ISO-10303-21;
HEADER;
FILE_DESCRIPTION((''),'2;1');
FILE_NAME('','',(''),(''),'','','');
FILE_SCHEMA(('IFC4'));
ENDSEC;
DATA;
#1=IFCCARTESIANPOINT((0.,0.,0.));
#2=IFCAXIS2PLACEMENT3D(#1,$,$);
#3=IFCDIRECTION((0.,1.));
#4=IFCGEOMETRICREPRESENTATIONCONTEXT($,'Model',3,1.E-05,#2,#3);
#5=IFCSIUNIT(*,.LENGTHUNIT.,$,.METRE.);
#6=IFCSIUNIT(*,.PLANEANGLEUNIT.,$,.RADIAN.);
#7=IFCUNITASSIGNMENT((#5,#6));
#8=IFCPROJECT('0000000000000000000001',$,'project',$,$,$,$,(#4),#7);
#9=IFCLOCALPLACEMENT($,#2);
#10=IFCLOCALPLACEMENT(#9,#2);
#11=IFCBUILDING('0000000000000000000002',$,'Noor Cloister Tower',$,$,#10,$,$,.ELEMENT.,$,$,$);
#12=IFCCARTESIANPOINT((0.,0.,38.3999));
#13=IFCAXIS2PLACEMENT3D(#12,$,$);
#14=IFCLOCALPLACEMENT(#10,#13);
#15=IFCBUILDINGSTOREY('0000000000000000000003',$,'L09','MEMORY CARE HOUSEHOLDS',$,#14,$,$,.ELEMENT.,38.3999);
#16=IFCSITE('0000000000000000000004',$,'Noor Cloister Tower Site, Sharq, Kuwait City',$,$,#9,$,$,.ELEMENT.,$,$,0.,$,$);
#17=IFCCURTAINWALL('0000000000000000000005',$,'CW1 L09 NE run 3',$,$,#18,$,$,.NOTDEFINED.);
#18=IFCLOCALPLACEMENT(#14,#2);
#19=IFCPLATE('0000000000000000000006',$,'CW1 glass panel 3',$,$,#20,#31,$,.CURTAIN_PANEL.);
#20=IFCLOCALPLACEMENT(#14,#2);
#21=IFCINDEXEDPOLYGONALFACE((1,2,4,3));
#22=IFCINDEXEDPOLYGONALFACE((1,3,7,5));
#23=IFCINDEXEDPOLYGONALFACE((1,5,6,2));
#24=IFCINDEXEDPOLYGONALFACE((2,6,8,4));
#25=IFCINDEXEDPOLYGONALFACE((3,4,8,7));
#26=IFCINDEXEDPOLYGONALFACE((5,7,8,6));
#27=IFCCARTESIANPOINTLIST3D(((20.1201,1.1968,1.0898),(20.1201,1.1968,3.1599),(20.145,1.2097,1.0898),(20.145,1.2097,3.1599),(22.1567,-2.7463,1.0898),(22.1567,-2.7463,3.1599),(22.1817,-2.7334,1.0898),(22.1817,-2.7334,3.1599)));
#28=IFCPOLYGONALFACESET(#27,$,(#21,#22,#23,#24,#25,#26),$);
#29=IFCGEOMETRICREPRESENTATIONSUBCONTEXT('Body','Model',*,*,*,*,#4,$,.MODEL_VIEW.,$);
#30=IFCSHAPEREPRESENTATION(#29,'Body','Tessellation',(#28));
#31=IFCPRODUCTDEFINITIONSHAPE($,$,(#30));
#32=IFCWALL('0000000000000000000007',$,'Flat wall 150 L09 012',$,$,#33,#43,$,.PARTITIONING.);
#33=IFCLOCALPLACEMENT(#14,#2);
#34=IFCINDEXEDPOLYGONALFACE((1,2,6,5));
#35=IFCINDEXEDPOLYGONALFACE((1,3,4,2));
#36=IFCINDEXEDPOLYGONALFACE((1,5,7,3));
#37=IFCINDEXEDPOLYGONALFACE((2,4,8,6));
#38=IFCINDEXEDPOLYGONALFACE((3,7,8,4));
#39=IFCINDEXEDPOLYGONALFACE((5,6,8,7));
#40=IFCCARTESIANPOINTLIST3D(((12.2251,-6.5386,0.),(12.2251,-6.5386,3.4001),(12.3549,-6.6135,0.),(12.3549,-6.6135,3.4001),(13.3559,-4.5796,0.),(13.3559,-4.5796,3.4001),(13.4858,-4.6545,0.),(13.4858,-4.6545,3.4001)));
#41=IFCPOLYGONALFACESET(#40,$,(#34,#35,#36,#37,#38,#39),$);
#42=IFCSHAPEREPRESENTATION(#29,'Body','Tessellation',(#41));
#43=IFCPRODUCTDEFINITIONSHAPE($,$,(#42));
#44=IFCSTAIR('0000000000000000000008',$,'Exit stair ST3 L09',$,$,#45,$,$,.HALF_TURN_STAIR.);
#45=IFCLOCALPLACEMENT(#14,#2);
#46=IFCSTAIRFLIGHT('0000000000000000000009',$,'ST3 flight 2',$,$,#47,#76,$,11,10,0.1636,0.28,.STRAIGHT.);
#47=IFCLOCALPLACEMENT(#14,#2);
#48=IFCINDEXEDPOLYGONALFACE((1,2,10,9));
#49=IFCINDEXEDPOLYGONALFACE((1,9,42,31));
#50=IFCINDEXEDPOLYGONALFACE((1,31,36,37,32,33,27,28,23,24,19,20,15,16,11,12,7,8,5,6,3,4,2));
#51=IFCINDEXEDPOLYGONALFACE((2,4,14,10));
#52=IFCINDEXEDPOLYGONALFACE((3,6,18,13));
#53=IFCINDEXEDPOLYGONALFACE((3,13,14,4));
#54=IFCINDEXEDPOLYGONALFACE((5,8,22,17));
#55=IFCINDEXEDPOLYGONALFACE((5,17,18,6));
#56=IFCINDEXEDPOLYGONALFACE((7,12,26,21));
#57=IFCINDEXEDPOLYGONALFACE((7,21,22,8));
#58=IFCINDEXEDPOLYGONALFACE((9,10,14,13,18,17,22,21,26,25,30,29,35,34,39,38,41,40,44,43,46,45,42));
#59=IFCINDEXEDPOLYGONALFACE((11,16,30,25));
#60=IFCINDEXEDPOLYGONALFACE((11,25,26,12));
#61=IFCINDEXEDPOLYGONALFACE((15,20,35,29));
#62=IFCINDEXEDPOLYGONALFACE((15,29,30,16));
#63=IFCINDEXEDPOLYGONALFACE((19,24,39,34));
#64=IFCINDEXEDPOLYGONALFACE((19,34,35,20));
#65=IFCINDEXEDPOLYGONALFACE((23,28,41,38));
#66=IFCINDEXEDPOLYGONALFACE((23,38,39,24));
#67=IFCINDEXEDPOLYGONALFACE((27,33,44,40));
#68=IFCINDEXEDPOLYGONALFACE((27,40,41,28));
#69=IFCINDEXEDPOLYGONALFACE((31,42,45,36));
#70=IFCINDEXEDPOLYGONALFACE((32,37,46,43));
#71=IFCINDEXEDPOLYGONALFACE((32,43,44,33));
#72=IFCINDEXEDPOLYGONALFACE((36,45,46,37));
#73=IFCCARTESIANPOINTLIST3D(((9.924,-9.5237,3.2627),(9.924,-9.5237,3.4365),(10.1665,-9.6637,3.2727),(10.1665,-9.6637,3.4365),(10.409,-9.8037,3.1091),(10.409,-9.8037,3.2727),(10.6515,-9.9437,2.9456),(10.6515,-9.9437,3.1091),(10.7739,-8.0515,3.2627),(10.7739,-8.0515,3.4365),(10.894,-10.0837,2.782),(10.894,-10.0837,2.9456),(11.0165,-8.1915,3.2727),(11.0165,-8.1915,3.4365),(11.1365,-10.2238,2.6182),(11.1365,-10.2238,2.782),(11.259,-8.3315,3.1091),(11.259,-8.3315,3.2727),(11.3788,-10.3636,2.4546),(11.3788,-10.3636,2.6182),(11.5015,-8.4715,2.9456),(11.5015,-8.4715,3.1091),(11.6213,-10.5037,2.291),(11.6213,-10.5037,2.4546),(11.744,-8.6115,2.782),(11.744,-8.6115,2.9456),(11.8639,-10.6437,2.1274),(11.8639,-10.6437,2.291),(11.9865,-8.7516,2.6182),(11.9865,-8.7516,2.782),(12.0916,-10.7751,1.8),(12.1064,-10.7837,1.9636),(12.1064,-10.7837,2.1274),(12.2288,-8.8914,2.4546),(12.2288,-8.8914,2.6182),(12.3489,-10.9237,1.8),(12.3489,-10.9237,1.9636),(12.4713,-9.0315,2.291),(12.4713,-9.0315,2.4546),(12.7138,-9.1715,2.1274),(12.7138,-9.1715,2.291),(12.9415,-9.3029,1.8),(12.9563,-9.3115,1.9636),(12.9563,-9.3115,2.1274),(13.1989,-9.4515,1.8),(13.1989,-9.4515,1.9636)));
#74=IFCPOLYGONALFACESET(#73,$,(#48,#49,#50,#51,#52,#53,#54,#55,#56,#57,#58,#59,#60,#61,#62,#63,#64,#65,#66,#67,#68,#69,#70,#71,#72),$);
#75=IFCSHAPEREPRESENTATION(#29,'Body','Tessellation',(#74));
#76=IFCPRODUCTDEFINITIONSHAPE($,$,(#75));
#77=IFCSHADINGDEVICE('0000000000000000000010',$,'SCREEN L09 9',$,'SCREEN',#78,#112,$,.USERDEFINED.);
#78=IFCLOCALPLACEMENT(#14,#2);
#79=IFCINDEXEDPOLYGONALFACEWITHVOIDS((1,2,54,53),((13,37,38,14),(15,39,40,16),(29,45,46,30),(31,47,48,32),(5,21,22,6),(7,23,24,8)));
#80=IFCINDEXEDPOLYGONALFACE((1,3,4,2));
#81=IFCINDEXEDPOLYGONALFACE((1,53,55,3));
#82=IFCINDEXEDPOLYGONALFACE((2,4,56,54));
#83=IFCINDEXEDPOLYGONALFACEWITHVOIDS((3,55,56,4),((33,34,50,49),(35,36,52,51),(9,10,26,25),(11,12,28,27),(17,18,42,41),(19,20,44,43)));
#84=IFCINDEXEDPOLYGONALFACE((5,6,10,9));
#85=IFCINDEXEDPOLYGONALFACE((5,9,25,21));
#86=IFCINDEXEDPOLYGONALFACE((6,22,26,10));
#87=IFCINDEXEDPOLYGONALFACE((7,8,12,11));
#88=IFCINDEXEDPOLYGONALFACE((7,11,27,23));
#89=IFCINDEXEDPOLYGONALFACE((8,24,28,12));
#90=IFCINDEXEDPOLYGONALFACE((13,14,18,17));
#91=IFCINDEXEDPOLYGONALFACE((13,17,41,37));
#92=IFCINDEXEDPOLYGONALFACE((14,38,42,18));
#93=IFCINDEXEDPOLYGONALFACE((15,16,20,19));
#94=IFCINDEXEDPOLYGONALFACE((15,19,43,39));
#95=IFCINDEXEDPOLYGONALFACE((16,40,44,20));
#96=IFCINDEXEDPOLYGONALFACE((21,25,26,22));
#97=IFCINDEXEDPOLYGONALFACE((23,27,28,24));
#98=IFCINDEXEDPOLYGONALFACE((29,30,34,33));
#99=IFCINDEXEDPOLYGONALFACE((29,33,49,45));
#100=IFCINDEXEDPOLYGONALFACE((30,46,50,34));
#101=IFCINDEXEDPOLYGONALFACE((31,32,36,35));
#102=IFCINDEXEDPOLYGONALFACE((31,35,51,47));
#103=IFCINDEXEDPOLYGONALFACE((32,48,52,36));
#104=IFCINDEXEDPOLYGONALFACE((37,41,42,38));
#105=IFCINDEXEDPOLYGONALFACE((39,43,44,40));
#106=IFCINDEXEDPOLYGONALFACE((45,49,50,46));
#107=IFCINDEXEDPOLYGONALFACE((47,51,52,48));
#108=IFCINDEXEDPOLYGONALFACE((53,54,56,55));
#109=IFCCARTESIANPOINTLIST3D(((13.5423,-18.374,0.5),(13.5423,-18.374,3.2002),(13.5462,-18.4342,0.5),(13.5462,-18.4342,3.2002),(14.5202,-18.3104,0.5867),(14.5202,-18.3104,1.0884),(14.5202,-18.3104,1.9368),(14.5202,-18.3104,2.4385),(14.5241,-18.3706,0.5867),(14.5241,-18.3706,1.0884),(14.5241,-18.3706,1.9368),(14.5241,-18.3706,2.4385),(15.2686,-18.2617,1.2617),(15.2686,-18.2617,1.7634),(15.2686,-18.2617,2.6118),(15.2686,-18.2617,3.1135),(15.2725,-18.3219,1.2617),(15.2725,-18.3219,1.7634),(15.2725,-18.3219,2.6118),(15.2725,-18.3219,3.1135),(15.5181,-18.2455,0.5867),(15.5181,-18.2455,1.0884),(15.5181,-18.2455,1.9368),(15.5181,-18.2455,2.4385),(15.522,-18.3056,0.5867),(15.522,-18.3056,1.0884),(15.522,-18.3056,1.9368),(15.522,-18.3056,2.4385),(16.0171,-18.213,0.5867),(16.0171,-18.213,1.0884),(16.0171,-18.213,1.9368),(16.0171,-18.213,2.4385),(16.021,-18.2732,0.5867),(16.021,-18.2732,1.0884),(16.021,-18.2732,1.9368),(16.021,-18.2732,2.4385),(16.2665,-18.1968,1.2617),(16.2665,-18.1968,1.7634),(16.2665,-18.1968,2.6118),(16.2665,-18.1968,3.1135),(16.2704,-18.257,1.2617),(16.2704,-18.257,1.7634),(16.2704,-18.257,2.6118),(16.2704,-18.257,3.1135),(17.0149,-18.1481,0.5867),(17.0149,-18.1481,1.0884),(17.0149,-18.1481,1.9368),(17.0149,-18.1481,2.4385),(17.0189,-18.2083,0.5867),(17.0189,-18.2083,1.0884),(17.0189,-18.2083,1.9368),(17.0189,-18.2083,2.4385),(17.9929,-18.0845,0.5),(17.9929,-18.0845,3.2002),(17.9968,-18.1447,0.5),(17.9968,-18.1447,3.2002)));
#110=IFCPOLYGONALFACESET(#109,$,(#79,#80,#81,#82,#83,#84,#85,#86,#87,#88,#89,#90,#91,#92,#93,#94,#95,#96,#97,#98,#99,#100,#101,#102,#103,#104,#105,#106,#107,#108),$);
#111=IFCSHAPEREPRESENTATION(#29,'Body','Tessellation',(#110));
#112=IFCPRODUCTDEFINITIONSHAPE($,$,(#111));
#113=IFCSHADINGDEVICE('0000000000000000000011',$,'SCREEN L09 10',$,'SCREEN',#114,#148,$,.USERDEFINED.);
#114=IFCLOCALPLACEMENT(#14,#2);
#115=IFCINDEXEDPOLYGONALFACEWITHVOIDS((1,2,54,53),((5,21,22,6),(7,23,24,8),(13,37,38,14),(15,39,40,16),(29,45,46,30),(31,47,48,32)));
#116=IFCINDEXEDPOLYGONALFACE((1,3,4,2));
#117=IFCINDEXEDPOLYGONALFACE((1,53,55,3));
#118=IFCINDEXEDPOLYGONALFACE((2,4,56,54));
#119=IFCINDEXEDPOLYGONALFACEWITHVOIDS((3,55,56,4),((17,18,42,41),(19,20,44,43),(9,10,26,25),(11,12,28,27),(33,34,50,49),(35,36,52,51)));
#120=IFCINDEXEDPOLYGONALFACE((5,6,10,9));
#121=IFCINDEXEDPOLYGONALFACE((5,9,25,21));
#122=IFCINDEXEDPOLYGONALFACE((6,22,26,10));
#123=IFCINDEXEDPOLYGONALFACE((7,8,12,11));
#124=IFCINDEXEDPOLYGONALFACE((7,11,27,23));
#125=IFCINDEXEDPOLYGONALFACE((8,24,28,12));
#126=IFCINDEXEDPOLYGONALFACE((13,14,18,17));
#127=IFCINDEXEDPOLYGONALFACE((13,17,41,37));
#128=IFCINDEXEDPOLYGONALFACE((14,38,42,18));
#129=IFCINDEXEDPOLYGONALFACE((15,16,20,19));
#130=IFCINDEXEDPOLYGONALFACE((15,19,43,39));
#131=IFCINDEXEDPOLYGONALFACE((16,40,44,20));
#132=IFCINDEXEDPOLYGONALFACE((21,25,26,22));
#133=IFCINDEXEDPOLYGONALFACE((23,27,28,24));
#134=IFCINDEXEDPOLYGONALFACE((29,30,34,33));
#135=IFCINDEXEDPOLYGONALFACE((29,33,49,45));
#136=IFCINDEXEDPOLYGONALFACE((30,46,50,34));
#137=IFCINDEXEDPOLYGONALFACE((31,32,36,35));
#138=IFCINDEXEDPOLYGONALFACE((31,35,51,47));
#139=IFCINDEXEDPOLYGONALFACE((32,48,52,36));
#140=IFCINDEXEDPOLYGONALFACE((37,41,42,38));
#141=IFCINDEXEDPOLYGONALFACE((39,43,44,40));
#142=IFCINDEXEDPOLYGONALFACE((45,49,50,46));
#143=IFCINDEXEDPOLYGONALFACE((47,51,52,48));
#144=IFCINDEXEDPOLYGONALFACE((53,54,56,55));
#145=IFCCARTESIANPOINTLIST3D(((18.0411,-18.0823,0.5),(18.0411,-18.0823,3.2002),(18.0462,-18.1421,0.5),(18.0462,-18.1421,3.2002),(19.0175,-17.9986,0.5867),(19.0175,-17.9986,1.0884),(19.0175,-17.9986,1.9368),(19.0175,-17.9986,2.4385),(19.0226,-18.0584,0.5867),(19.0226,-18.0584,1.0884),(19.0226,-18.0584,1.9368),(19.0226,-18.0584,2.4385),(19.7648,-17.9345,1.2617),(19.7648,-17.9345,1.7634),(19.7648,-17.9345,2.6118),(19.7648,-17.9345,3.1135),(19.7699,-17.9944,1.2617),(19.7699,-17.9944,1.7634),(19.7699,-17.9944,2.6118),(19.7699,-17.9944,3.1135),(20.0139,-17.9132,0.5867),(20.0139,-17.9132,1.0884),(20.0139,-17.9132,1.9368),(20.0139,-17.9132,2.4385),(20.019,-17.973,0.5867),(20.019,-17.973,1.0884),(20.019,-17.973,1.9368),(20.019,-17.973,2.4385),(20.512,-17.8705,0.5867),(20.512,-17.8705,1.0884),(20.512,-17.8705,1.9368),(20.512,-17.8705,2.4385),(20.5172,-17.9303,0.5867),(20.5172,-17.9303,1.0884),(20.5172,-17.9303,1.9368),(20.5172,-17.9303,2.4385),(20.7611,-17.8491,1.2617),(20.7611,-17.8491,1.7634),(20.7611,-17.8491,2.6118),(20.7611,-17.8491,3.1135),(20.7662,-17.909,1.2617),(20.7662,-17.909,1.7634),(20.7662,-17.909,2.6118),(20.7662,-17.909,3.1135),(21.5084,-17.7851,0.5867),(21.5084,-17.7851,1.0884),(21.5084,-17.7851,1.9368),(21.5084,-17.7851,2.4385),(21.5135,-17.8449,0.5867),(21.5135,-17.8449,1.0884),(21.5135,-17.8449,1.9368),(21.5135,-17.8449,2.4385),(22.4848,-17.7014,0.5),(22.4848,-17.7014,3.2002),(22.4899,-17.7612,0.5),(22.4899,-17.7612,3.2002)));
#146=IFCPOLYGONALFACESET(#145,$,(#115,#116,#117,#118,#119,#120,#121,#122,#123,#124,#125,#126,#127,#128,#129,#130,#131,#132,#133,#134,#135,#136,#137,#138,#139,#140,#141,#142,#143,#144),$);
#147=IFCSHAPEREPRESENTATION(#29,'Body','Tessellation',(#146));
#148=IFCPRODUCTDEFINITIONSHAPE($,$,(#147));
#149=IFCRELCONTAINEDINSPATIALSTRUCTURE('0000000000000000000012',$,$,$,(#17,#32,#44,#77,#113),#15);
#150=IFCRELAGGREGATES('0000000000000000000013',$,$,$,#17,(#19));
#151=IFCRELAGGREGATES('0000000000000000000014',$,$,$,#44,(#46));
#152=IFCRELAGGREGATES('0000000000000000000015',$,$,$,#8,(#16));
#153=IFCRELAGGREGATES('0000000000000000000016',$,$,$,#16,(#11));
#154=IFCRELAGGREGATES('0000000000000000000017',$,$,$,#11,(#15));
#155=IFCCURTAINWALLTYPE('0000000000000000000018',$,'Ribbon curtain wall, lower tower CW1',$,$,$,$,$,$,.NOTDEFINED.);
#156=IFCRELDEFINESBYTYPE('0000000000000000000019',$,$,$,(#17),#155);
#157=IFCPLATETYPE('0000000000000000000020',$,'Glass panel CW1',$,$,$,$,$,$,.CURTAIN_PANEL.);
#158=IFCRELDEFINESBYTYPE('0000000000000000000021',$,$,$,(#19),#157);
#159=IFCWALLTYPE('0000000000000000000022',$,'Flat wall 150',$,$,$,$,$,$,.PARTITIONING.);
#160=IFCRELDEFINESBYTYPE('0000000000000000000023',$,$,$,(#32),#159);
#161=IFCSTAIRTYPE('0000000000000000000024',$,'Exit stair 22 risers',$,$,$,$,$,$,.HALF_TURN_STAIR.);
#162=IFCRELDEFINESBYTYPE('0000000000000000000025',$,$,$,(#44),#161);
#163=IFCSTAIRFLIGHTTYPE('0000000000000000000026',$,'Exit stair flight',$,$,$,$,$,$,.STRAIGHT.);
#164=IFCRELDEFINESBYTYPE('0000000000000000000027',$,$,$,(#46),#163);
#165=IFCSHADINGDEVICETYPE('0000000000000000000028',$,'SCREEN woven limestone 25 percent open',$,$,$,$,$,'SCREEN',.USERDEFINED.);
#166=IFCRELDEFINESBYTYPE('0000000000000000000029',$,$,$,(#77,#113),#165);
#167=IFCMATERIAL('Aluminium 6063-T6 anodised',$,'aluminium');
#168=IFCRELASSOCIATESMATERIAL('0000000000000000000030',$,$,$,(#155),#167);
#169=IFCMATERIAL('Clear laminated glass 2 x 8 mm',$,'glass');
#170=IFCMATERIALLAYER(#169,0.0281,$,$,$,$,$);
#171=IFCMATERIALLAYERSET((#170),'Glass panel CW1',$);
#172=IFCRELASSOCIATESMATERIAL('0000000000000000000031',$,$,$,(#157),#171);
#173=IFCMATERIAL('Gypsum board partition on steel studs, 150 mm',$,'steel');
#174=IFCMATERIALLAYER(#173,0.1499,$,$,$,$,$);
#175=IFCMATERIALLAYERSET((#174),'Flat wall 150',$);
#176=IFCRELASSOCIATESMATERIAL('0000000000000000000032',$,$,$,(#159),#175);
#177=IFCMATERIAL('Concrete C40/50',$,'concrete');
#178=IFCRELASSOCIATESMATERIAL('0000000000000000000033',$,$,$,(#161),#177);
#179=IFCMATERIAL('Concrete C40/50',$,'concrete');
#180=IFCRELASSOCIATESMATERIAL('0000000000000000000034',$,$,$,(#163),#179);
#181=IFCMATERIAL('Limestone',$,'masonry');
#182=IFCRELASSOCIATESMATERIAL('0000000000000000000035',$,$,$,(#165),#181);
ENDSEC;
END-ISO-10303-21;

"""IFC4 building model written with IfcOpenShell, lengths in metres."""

from ifc_helpers import new_model, si_unit, direction, frame, frame_2d, origin, origin_2d, place, context, subcontext, project, spatial, polyline, rectangle, outline, extrude, material, layer, layer_set, material_profile, profile_set, type_object, element, aggregate, save


model = new_model("IFC4")

# Units and contexts
model_context = context("Model", 3, precision=1e-05, world=origin(), true_north=direction((0.0, 1.0)))
body_context = subcontext(model_context, "Body", "Model", "MODEL_VIEW")
ifc_project = project(units=[si_unit("LENGTHUNIT", "METRE"), si_unit("PLANEANGLEUNIT", "RADIAN")], contexts=[model_context])

# Site, building, storey
site_placement = place(None, origin())
site = spatial("IfcSite", under=ifc_project, at=site_placement, Name="Noor Cloister Tower Site, Sharq, Kuwait City", CompositionType="ELEMENT", RefElevation=0.0)
building_placement = place(site_placement, origin())
building = spatial("IfcBuilding", under=site, at=building_placement, Name="Noor Cloister Tower", CompositionType="ELEMENT")
storey_placement = place(building_placement, frame((0.0, 0.0, 38.3999)))
storey = spatial("IfcBuildingStorey", under=building, at=storey_placement, Name="L09", Description="MEMORY CARE HOUSEHOLDS", CompositionType="ELEMENT", Elevation=38.3999)

# Curtain wall
ifc_material_1 = material(Name="Aluminium 6063-T6 anodised", Category="aluminium")
curtain_wall_type = type_object("IfcCurtainWallType", Name="Ribbon curtain wall, lower tower CW1", PredefinedType="NOTDEFINED", material=ifc_material_1)
curtain_wall_1_placement = place(storey_placement, origin())
curtain_wall_1 = element("IfcCurtainWall", 1, at=curtain_wall_1_placement, inside=storey, type_object=curtain_wall_type, Name="CW1 L09 NE run 3", PredefinedType="NOTDEFINED")

# Plate
ifc_material_2 = material(Name="Clear laminated glass 2 x 8 mm", Category="glass")
ifc_layer_1 = layer(ifc_material_2, 0.0281)
ifc_layer_set_1 = layer_set([ifc_layer_1], Name="Glass panel CW1")
plate_type = type_object("IfcPlateType", Name="Glass panel CW1", PredefinedType="CURTAIN_PANEL", material=ifc_layer_set_1)
plate_1_placement = place(storey_placement, frame((21.1509, -0.7683, 1.0898), z_axis=(0.0, 0.0, 1.0), x_axis=(-0.458921, 0.888477, 0.0)))
plate_1 = element("IfcPlate", 2, at=plate_1_placement, type_object=plate_type, Name="CW1 glass panel 3", PredefinedType="CURTAIN_PANEL", context=body_context, shape_type="SweptSolid", body=[
    extrude(rectangle(XDim=4.438, YDim=0.0281, at=origin_2d()), origin(), (0.0, 0.0, 1.0), 2.0701),
])
aggregate(curtain_wall_1, [plate_1])

# Wall
ifc_material_3 = material(Name="Gypsum board partition on steel studs, 150 mm", Category="steel")
ifc_layer_2 = layer(ifc_material_3, 0.1499)
ifc_layer_set_2 = layer_set([ifc_layer_2], Name="Flat wall 150")
wall_type = type_object("IfcWallType", Name="Flat wall 150", PredefinedType="PARTITIONING", material=ifc_layer_set_2)
wall_placement = place(storey_placement, frame((12.29, -6.5759, 0.0), z_axis=(0.0, 0.0, 1.0), x_axis=(0.499947, 0.866056, 0.0)))
element("IfcWall", 3, at=wall_placement, inside=storey, type_object=wall_type, Name="Flat wall 150 L09 012", PredefinedType="PARTITIONING", context=body_context, shape_type="SweptSolid", body=[
    extrude(rectangle(XDim=2.262, YDim=0.1499, at=frame_2d((1.1309, 0.0))), origin(), (0.0, 0.0, 1.0), 3.4001),
])

# Stair, stair flight
ifc_material_4 = material(Name="Concrete C40/50", Category="concrete")
stair_type = type_object("IfcStairType", Name="Exit stair 22 risers", PredefinedType="HALF_TURN_STAIR", material=ifc_material_4)
stair_placement = place(storey_placement, origin())
stair = element("IfcStair", 4, at=stair_placement, inside=storey, type_object=stair_type, Name="Exit stair ST3 L09", PredefinedType="HALF_TURN_STAIR")
ifc_material_5 = material(Name="Concrete C40/50", Category="concrete")
stair_flight_type = type_object("IfcStairFlightType", Name="Exit stair flight", PredefinedType="STRAIGHT", material=ifc_material_5)
stair_flight_placement = place(storey_placement, frame((12.7739, -10.1875, 1.8), z_axis=(0.0, 0.0, 1.0), x_axis=(-0.866025, 0.5, 0.0)))
stair_flight = element("IfcStairFlight", 5, at=stair_flight_placement, type_object=stair_flight_type, Name="ST3 flight 2", NumberOfRisers=11, NumberOfTreads=10, PredefinedType="STRAIGHT", RiserHeight=0.1636, TreadLength=0.28, context=body_context, shape_type="SweptSolid", body=[
    extrude(outline(polyline([(0.0, 0.0), (0.0, 0.1636), (0.28, 0.1636), (0.28, 0.3274), (0.5601, 0.3274), (0.5601, 0.491), (0.8401, 0.491), (0.8401, 0.6545), (1.1201, 0.6545), (1.1201, 0.8181), (1.3999, 0.8181), (1.3999, 0.9819), (1.6799, 0.9819), (1.6799, 1.1455), (1.96, 1.1455), (1.96, 1.3091), (2.24, 1.3091), (2.24, 1.4727), (2.52, 1.4727), (2.52, 1.6365), (2.8, 1.6365), (2.8, 1.8), (2.8, 1.4626), (0.2971, 0.0), (0.0, 0.0)])), frame((0.0, 0.8501, 0.0), z_axis=(0.0, -1.0, 0.0), x_axis=(1.0, 0.0, 0.0)), (0.0, 0.0, 1.0), 1.7),
])
aggregate(stair, [stair_flight])

# Shading devices
ifc_material_6 = material(Name="Limestone", Category="masonry")
ifc_material_profile_1 = material_profile(ifc_material_6, outline(polyline([(-2.23, -1.3501), (2.23, -1.3501), (2.23, 1.3501), (-2.23, 1.3501), (-2.23, -1.3501)]), holes=[polyline([(-1.25, -1.2634), (-0.25, -1.2634), (-0.25, -0.7617), (-1.25, -0.7617), (-1.25, -1.2634)]), polyline([(0.25, -1.2634), (1.25, -1.2634), (1.25, -0.7617), (0.25, -0.7617), (0.25, -1.2634)]), polyline([(-0.5, -0.5884), (0.5, -0.5884), (0.5, -0.0867), (-0.5, -0.0867), (-0.5, -0.5884)]), polyline([(-1.25, 0.0867), (-0.25, 0.0867), (-0.25, 0.5884), (-1.25, 0.5884), (-1.25, 0.0867)]), polyline([(0.25, 0.0867), (1.25, 0.0867), (1.25, 0.5884), (0.25, 0.5884), (0.25, 0.0867)]), polyline([(-0.5, 0.7617), (0.5, 0.7617), (0.5, 1.2634), (-0.5, 1.2634), (-0.5, 0.7617)])]), Name="Woven screen 25 percent open")
ifc_profile_set_1 = profile_set([ifc_material_profile_1], Name="Limestone")
shading_device_type = type_object("IfcShadingDeviceType", Name="SCREEN woven limestone 25 percent open", ElementType="SCREEN", PredefinedType="USERDEFINED", material=ifc_profile_set_1)
shading_device_1_placement = place(storey_placement, frame((15.7676, -18.2292, 1.8501), z_axis=(0.064904, -0.997892, 0.0), x_axis=(0.997892, 0.064904, 0.0)))
element("IfcShadingDevice", 6, at=shading_device_1_placement, inside=storey, type_object=shading_device_type, Name="SCREEN L09 9", ObjectType="SCREEN", PredefinedType="USERDEFINED", context=body_context, shape_type="SweptSolid", body=[
    extrude(outline(polyline([(-2.23, -1.3501), (2.23, -1.3501), (2.23, 1.3501), (-2.23, 1.3501), (-2.23, -1.3501)]), holes=[polyline([(-1.25, -1.2634), (-0.25, -1.2634), (-0.25, -0.7617), (-1.25, -0.7617), (-1.25, -1.2634)]), polyline([(0.25, -1.2634), (1.25, -1.2634), (1.25, -0.7617), (0.25, -0.7617), (0.25, -1.2634)]), polyline([(-0.5, -0.5884), (0.5, -0.5884), (0.5, -0.0867), (-0.5, -0.0867), (-0.5, -0.5884)]), polyline([(-1.25, 0.0867), (-0.25, 0.0867), (-0.25, 0.5884), (-1.25, 0.5884), (-1.25, 0.0867)]), polyline([(0.25, 0.0867), (1.25, 0.0867), (1.25, 0.5884), (0.25, 0.5884), (0.25, 0.0867)]), polyline([(-0.5, 0.7617), (0.5, 0.7617), (0.5, 1.2634), (-0.5, 1.2634), (-0.5, 0.7617)])]), origin(), (0.0, 0.0, 1.0), 0.0603),
])
shading_device_2_placement = place(storey_placement, frame((20.2629, -17.8918, 1.8501), z_axis=(0.085401, -0.996347, 0.0), x_axis=(0.996347, 0.085401, 0.0)))
element("IfcShadingDevice", 7, at=shading_device_2_placement, inside=storey, type_object=shading_device_type, Name="SCREEN L09 10", ObjectType="SCREEN", PredefinedType="USERDEFINED", context=body_context, shape_type="SweptSolid", body=[
    extrude(outline(polyline([(-2.23, -1.3501), (2.23, -1.3501), (2.23, 1.3501), (-2.23, 1.3501), (-2.23, -1.3501)]), holes=[polyline([(-1.25, -1.2634), (-0.25, -1.2634), (-0.25, -0.7617), (-1.25, -0.7617), (-1.25, -1.2634)]), polyline([(0.25, -1.2634), (1.25, -1.2634), (1.25, -0.7617), (0.25, -0.7617), (0.25, -1.2634)]), polyline([(-0.5, -0.5884), (0.5, -0.5884), (0.5, -0.0867), (-0.5, -0.0867), (-0.5, -0.5884)]), polyline([(-1.25, 0.0867), (-0.25, 0.0867), (-0.25, 0.5884), (-1.25, 0.5884), (-1.25, 0.0867)]), polyline([(0.25, 0.0867), (1.25, 0.0867), (1.25, 0.5884), (0.25, 0.5884), (0.25, 0.0867)]), polyline([(-0.5, 0.7617), (0.5, 0.7617), (0.5, 1.2634), (-0.5, 1.2634), (-0.5, 0.7617)])]), origin(), (0.0, 0.0, 1.0), 0.0601),
])

save(model, "model.ifc")
